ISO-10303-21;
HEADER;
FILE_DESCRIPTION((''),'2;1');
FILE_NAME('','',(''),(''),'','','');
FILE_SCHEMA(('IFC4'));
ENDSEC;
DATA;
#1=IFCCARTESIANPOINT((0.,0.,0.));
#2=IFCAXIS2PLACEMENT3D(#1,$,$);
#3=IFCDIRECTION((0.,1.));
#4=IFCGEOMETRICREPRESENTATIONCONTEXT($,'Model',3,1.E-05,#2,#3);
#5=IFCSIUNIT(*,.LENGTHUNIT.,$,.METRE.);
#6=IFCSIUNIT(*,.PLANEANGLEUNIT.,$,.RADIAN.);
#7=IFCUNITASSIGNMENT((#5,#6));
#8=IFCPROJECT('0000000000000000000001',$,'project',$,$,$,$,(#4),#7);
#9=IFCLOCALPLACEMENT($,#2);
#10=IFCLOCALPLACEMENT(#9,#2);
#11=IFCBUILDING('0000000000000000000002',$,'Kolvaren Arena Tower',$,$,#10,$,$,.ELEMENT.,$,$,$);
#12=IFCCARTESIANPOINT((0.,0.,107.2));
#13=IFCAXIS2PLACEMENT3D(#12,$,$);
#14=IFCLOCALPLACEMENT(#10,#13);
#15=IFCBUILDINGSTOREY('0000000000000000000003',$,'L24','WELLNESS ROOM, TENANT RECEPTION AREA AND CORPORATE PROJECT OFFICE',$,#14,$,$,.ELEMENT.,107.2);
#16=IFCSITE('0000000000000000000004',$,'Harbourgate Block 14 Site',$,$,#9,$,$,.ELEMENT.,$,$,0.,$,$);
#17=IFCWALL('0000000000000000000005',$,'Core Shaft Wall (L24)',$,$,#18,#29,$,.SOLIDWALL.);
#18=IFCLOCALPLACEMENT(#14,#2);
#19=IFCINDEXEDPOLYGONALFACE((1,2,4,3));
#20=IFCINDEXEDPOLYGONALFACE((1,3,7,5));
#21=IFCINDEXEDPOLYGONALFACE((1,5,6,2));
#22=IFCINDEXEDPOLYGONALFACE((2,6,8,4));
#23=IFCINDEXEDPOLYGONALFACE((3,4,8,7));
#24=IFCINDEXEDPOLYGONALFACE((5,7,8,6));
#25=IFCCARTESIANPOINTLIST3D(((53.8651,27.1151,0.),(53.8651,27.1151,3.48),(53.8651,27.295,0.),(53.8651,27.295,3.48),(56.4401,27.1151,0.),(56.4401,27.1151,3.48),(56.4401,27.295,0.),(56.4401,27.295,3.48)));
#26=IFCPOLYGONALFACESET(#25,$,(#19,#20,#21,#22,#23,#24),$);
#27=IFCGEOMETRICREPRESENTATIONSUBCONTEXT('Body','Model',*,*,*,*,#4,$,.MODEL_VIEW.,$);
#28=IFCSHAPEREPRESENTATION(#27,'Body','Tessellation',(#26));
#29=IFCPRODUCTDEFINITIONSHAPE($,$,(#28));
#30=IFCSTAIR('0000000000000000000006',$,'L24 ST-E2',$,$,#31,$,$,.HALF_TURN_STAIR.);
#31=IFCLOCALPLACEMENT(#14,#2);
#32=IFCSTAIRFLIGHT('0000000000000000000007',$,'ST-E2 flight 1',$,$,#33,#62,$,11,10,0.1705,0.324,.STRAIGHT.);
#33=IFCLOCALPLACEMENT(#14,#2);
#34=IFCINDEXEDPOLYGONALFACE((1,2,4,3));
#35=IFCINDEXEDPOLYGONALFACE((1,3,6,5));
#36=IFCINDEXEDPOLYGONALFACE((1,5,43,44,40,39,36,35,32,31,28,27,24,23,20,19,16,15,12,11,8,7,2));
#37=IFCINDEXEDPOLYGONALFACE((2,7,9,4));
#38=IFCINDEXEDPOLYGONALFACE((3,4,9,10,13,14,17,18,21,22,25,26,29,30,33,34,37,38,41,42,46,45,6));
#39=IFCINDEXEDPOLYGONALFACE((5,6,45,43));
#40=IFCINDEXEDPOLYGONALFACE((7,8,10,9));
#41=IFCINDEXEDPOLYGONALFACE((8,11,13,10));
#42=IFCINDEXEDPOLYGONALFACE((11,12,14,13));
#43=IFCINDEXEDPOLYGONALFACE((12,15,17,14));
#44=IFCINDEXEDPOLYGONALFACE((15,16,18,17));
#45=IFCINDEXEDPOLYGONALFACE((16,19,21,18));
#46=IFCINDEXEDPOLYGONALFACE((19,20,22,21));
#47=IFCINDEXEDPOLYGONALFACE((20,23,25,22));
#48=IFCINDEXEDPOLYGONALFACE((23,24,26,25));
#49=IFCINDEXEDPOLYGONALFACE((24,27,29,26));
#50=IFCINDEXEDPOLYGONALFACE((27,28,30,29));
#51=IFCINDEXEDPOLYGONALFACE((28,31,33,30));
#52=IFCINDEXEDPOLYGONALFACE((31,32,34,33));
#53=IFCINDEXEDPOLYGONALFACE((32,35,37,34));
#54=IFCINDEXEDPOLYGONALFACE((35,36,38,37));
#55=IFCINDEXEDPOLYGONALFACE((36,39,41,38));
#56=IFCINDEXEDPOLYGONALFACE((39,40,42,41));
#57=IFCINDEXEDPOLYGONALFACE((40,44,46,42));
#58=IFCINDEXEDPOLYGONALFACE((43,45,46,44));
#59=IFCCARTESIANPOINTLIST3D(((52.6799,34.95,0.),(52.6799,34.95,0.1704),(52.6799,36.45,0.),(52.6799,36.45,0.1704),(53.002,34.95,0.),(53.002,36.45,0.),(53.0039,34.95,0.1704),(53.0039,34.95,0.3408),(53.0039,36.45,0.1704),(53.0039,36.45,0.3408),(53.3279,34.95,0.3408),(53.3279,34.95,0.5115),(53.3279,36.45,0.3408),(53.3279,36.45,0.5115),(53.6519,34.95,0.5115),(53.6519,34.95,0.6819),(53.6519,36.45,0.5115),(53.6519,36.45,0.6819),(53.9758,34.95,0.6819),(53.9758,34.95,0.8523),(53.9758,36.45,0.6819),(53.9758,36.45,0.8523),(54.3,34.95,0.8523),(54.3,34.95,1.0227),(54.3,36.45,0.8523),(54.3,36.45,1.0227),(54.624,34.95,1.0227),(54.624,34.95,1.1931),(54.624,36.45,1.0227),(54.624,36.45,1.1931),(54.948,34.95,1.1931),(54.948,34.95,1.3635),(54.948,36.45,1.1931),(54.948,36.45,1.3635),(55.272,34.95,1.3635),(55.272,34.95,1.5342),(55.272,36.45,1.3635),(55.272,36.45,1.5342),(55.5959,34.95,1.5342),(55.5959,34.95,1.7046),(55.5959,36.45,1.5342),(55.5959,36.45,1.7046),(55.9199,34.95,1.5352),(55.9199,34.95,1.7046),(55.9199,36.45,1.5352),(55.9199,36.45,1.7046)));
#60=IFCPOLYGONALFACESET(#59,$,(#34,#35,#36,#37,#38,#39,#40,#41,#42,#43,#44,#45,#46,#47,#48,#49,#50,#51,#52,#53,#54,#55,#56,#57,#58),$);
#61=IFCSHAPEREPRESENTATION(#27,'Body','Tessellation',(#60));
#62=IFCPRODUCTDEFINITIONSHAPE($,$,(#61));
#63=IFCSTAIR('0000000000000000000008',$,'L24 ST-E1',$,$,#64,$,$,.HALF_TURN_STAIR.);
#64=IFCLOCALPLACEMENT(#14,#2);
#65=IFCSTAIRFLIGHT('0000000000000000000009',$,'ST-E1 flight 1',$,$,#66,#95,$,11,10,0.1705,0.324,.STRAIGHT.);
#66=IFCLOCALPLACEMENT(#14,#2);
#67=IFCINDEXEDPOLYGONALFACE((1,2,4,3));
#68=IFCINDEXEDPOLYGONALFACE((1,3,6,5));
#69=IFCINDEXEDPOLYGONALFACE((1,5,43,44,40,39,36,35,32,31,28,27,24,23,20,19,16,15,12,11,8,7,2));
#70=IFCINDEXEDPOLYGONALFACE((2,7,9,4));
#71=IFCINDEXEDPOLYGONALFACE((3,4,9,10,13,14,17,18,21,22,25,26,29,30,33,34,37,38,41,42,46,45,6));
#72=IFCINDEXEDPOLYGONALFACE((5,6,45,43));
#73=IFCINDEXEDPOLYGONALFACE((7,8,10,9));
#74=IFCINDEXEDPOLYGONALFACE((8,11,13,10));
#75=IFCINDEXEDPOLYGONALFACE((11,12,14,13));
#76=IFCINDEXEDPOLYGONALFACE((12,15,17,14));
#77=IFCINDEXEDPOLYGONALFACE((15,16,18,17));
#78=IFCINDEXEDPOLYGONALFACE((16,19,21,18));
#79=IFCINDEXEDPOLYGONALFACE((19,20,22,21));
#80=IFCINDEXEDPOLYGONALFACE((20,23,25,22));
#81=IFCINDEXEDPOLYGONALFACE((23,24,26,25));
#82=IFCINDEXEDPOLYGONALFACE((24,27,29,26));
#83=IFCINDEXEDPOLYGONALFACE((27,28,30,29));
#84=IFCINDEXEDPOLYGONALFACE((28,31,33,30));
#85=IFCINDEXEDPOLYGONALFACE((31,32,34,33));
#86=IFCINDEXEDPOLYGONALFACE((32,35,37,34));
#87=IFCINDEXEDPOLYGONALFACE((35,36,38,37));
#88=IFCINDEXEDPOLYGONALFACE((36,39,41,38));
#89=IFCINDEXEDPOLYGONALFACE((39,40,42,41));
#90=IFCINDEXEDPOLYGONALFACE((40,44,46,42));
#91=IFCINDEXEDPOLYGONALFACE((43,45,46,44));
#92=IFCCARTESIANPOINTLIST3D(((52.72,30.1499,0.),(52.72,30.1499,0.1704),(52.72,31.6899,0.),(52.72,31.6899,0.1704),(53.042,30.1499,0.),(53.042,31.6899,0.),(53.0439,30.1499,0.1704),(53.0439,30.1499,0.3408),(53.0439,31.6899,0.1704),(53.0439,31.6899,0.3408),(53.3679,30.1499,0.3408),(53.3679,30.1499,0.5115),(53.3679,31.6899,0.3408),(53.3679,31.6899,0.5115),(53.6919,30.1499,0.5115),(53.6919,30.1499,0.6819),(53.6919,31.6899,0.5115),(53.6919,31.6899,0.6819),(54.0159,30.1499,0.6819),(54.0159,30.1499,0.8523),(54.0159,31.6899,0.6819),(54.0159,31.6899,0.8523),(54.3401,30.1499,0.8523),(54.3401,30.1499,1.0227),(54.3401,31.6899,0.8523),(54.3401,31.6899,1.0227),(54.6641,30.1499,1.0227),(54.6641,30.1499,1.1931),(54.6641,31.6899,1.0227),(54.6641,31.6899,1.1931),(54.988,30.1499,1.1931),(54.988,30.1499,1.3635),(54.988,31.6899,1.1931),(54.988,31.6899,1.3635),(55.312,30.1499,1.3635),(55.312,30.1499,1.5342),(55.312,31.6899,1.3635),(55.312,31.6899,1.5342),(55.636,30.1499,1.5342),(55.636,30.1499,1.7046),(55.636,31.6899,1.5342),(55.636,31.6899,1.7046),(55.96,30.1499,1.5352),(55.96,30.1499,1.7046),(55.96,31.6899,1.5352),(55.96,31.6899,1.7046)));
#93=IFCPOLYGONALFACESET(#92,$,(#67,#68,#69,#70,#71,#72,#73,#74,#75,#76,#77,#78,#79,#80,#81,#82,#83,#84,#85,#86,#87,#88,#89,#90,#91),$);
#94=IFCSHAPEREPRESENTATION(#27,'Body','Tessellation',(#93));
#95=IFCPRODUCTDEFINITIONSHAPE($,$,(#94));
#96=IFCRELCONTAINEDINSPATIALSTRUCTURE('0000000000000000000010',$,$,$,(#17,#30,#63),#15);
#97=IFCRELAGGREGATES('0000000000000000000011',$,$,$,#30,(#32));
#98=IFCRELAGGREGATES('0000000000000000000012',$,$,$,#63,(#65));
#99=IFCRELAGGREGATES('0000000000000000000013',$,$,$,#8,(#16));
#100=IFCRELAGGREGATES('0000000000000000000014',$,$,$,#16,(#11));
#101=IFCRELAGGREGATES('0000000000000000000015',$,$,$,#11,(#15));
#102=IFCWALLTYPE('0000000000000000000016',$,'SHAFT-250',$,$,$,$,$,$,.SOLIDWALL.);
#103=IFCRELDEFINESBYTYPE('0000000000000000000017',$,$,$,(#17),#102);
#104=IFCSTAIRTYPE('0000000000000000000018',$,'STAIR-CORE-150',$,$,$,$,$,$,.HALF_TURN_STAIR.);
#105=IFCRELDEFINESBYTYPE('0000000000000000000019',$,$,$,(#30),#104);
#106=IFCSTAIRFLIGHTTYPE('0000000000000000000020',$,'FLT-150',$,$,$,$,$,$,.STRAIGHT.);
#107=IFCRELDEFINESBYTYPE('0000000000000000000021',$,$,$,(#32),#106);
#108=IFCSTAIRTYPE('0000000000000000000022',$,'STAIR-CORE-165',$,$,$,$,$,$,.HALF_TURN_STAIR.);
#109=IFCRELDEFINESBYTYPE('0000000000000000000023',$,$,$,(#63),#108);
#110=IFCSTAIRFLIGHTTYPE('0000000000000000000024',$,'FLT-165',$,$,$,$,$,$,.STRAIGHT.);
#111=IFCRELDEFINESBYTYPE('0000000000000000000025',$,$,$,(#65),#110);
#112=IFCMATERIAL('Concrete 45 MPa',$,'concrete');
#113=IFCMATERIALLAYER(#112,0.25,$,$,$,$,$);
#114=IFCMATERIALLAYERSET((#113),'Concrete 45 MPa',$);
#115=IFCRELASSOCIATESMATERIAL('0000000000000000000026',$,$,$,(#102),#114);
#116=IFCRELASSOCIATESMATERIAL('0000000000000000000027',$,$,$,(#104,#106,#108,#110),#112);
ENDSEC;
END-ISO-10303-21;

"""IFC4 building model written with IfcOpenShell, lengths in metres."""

from ifc_helpers import new_model, si_unit, direction, frame, frame_2d, origin, place, context, subcontext, project, spatial, polyline, rectangle, outline, extrude, material, layer, layer_set, type_object, element, aggregate, save


model = new_model("IFC4")

# Units and contexts
model_context = context("Model", 3, precision=1e-05, world=origin(), true_north=direction((0.0, 1.0)))
body_context = subcontext(model_context, "Body", "Model", "MODEL_VIEW")
ifc_project = project(units=[si_unit("LENGTHUNIT", "METRE"), si_unit("PLANEANGLEUNIT", "RADIAN")], contexts=[model_context])

# Site, building, storey
site_placement = place(None, origin())
site = spatial("IfcSite", under=ifc_project, at=site_placement, Name="Harbourgate Block 14 Site", CompositionType="ELEMENT", RefElevation=0.0)
building_placement = place(site_placement, origin())
building = spatial("IfcBuilding", under=site, at=building_placement, Name="Kolvaren Arena Tower", CompositionType="ELEMENT")
storey_placement = place(building_placement, frame((0.0, 0.0, 107.2)))
storey = spatial("IfcBuildingStorey", under=building, at=storey_placement, Name="L24", Description="WELLNESS ROOM, TENANT RECEPTION AREA AND CORPORATE PROJECT OFFICE", CompositionType="ELEMENT", Elevation=107.2)

# Wall
ifc_material_1 = material(Name="Concrete 45 MPa", Category="concrete")
ifc_layer_1 = layer(ifc_material_1, 0.25)
ifc_layer_set_1 = layer_set([ifc_layer_1], Name="Concrete 45 MPa")
wall_type_1 = type_object("IfcWallType", Name="SHAFT-250", PredefinedType="SOLIDWALL", material=ifc_layer_set_1)
wall_1_placement = place(storey_placement, frame((53.865, 27.2051, 0.0), z_axis=(0.0, 0.0, 1.0), x_axis=(1.0, 0.0, 0.0)))
element("IfcWall", 1, at=wall_1_placement, inside=storey, type_object=wall_type_1, Name="Core Shaft Wall (L24)", PredefinedType="SOLIDWALL", context=body_context, shape_type="SweptSolid", body=[
    extrude(rectangle(XDim=2.575, YDim=0.1799, at=frame_2d((1.2876, 0.0))), origin(), (0.0, 0.0, 1.0), 3.48),
])

# Stairs, stair flights
stair_type_1 = type_object("IfcStairType", Name="STAIR-CORE-150", PredefinedType="HALF_TURN_STAIR", material=ifc_material_1)
stair_1_placement = place(storey_placement, origin())
stair_1 = element("IfcStair", 2, at=stair_1_placement, inside=storey, type_object=stair_type_1, Name="L24 ST-E2", PredefinedType="HALF_TURN_STAIR")
stair_flight_type_1 = type_object("IfcStairFlightType", Name="FLT-150", PredefinedType="STRAIGHT", material=ifc_material_1)
stair_flight_1_placement = place(storey_placement, frame((52.6799, 35.7, 0.0), z_axis=(0.0, 0.0, 1.0), x_axis=(1.0, 0.0, 0.0)))
stair_flight_1 = element("IfcStairFlight", 3, at=stair_flight_1_placement, type_object=stair_flight_type_1, Name="ST-E2 flight 1", NumberOfRisers=11, NumberOfTreads=10, PredefinedType="STRAIGHT", RiserHeight=0.1705, TreadLength=0.324, context=body_context, shape_type="SweptSolid", body=[
    extrude(outline(polyline([(0.0, 0.0), (0.0, 0.1704), (0.324, 0.1704), (0.324, 0.3408), (0.6479, 0.3408), (0.6479, 0.5115), (0.9719, 0.5115), (0.9719, 0.6819), (1.2959, 0.6819), (1.2959, 0.8523), (1.6201, 0.8523), (1.6201, 1.0227), (1.9441, 1.0227), (1.9441, 1.1931), (2.2681, 1.1931), (2.2681, 1.3635), (2.592, 1.3635), (2.592, 1.5342), (2.916, 1.5342), (2.916, 1.7046), (3.24, 1.7046), (3.24, 1.875), (3.24, 1.5352), (0.322, 0.0), (0.0, 0.0)])), frame((0.0, 0.75, 0.0), z_axis=(0.0, -1.0, 0.0), x_axis=(1.0, 0.0, 0.0)), (0.0, 0.0, 1.0), 1.5),
])
aggregate(stair_1, [stair_flight_1])
stair_type_2 = type_object("IfcStairType", Name="STAIR-CORE-165", PredefinedType="HALF_TURN_STAIR", material=ifc_material_1)
stair_2_placement = place(storey_placement, origin())
stair_2 = element("IfcStair", 4, at=stair_2_placement, inside=storey, type_object=stair_type_2, Name="L24 ST-E1", PredefinedType="HALF_TURN_STAIR")
stair_flight_type_2 = type_object("IfcStairFlightType", Name="FLT-165", PredefinedType="STRAIGHT", material=ifc_material_1)
stair_flight_2_placement = place(storey_placement, frame((52.72, 30.9199, 0.0), z_axis=(0.0, 0.0, 1.0), x_axis=(1.0, 0.0, 0.0)))
stair_flight_2 = element("IfcStairFlight", 5, at=stair_flight_2_placement, type_object=stair_flight_type_2, Name="ST-E1 flight 1", NumberOfRisers=11, NumberOfTreads=10, PredefinedType="STRAIGHT", RiserHeight=0.1705, TreadLength=0.324, context=body_context, shape_type="SweptSolid", body=[
    extrude(outline(polyline([(0.0, 0.0), (0.0, 0.1704), (0.324, 0.1704), (0.324, 0.3408), (0.6479, 0.3408), (0.6479, 0.5115), (0.9719, 0.5115), (0.9719, 0.6819), (1.2959, 0.6819), (1.2959, 0.8523), (1.6201, 0.8523), (1.6201, 1.0227), (1.9441, 1.0227), (1.9441, 1.1931), (2.2681, 1.1931), (2.2681, 1.3635), (2.592, 1.3635), (2.592, 1.5342), (2.916, 1.5342), (2.916, 1.7046), (3.24, 1.7046), (3.24, 1.875), (3.24, 1.5352), (0.322, 0.0), (0.0, 0.0)])), frame((0.0, 0.77, 0.0), z_axis=(0.0, -1.0, 0.0), x_axis=(1.0, 0.0, 0.0)), (0.0, 0.0, 1.0), 1.54),
])
aggregate(stair_2, [stair_flight_2])

save(model, "model.ifc")
